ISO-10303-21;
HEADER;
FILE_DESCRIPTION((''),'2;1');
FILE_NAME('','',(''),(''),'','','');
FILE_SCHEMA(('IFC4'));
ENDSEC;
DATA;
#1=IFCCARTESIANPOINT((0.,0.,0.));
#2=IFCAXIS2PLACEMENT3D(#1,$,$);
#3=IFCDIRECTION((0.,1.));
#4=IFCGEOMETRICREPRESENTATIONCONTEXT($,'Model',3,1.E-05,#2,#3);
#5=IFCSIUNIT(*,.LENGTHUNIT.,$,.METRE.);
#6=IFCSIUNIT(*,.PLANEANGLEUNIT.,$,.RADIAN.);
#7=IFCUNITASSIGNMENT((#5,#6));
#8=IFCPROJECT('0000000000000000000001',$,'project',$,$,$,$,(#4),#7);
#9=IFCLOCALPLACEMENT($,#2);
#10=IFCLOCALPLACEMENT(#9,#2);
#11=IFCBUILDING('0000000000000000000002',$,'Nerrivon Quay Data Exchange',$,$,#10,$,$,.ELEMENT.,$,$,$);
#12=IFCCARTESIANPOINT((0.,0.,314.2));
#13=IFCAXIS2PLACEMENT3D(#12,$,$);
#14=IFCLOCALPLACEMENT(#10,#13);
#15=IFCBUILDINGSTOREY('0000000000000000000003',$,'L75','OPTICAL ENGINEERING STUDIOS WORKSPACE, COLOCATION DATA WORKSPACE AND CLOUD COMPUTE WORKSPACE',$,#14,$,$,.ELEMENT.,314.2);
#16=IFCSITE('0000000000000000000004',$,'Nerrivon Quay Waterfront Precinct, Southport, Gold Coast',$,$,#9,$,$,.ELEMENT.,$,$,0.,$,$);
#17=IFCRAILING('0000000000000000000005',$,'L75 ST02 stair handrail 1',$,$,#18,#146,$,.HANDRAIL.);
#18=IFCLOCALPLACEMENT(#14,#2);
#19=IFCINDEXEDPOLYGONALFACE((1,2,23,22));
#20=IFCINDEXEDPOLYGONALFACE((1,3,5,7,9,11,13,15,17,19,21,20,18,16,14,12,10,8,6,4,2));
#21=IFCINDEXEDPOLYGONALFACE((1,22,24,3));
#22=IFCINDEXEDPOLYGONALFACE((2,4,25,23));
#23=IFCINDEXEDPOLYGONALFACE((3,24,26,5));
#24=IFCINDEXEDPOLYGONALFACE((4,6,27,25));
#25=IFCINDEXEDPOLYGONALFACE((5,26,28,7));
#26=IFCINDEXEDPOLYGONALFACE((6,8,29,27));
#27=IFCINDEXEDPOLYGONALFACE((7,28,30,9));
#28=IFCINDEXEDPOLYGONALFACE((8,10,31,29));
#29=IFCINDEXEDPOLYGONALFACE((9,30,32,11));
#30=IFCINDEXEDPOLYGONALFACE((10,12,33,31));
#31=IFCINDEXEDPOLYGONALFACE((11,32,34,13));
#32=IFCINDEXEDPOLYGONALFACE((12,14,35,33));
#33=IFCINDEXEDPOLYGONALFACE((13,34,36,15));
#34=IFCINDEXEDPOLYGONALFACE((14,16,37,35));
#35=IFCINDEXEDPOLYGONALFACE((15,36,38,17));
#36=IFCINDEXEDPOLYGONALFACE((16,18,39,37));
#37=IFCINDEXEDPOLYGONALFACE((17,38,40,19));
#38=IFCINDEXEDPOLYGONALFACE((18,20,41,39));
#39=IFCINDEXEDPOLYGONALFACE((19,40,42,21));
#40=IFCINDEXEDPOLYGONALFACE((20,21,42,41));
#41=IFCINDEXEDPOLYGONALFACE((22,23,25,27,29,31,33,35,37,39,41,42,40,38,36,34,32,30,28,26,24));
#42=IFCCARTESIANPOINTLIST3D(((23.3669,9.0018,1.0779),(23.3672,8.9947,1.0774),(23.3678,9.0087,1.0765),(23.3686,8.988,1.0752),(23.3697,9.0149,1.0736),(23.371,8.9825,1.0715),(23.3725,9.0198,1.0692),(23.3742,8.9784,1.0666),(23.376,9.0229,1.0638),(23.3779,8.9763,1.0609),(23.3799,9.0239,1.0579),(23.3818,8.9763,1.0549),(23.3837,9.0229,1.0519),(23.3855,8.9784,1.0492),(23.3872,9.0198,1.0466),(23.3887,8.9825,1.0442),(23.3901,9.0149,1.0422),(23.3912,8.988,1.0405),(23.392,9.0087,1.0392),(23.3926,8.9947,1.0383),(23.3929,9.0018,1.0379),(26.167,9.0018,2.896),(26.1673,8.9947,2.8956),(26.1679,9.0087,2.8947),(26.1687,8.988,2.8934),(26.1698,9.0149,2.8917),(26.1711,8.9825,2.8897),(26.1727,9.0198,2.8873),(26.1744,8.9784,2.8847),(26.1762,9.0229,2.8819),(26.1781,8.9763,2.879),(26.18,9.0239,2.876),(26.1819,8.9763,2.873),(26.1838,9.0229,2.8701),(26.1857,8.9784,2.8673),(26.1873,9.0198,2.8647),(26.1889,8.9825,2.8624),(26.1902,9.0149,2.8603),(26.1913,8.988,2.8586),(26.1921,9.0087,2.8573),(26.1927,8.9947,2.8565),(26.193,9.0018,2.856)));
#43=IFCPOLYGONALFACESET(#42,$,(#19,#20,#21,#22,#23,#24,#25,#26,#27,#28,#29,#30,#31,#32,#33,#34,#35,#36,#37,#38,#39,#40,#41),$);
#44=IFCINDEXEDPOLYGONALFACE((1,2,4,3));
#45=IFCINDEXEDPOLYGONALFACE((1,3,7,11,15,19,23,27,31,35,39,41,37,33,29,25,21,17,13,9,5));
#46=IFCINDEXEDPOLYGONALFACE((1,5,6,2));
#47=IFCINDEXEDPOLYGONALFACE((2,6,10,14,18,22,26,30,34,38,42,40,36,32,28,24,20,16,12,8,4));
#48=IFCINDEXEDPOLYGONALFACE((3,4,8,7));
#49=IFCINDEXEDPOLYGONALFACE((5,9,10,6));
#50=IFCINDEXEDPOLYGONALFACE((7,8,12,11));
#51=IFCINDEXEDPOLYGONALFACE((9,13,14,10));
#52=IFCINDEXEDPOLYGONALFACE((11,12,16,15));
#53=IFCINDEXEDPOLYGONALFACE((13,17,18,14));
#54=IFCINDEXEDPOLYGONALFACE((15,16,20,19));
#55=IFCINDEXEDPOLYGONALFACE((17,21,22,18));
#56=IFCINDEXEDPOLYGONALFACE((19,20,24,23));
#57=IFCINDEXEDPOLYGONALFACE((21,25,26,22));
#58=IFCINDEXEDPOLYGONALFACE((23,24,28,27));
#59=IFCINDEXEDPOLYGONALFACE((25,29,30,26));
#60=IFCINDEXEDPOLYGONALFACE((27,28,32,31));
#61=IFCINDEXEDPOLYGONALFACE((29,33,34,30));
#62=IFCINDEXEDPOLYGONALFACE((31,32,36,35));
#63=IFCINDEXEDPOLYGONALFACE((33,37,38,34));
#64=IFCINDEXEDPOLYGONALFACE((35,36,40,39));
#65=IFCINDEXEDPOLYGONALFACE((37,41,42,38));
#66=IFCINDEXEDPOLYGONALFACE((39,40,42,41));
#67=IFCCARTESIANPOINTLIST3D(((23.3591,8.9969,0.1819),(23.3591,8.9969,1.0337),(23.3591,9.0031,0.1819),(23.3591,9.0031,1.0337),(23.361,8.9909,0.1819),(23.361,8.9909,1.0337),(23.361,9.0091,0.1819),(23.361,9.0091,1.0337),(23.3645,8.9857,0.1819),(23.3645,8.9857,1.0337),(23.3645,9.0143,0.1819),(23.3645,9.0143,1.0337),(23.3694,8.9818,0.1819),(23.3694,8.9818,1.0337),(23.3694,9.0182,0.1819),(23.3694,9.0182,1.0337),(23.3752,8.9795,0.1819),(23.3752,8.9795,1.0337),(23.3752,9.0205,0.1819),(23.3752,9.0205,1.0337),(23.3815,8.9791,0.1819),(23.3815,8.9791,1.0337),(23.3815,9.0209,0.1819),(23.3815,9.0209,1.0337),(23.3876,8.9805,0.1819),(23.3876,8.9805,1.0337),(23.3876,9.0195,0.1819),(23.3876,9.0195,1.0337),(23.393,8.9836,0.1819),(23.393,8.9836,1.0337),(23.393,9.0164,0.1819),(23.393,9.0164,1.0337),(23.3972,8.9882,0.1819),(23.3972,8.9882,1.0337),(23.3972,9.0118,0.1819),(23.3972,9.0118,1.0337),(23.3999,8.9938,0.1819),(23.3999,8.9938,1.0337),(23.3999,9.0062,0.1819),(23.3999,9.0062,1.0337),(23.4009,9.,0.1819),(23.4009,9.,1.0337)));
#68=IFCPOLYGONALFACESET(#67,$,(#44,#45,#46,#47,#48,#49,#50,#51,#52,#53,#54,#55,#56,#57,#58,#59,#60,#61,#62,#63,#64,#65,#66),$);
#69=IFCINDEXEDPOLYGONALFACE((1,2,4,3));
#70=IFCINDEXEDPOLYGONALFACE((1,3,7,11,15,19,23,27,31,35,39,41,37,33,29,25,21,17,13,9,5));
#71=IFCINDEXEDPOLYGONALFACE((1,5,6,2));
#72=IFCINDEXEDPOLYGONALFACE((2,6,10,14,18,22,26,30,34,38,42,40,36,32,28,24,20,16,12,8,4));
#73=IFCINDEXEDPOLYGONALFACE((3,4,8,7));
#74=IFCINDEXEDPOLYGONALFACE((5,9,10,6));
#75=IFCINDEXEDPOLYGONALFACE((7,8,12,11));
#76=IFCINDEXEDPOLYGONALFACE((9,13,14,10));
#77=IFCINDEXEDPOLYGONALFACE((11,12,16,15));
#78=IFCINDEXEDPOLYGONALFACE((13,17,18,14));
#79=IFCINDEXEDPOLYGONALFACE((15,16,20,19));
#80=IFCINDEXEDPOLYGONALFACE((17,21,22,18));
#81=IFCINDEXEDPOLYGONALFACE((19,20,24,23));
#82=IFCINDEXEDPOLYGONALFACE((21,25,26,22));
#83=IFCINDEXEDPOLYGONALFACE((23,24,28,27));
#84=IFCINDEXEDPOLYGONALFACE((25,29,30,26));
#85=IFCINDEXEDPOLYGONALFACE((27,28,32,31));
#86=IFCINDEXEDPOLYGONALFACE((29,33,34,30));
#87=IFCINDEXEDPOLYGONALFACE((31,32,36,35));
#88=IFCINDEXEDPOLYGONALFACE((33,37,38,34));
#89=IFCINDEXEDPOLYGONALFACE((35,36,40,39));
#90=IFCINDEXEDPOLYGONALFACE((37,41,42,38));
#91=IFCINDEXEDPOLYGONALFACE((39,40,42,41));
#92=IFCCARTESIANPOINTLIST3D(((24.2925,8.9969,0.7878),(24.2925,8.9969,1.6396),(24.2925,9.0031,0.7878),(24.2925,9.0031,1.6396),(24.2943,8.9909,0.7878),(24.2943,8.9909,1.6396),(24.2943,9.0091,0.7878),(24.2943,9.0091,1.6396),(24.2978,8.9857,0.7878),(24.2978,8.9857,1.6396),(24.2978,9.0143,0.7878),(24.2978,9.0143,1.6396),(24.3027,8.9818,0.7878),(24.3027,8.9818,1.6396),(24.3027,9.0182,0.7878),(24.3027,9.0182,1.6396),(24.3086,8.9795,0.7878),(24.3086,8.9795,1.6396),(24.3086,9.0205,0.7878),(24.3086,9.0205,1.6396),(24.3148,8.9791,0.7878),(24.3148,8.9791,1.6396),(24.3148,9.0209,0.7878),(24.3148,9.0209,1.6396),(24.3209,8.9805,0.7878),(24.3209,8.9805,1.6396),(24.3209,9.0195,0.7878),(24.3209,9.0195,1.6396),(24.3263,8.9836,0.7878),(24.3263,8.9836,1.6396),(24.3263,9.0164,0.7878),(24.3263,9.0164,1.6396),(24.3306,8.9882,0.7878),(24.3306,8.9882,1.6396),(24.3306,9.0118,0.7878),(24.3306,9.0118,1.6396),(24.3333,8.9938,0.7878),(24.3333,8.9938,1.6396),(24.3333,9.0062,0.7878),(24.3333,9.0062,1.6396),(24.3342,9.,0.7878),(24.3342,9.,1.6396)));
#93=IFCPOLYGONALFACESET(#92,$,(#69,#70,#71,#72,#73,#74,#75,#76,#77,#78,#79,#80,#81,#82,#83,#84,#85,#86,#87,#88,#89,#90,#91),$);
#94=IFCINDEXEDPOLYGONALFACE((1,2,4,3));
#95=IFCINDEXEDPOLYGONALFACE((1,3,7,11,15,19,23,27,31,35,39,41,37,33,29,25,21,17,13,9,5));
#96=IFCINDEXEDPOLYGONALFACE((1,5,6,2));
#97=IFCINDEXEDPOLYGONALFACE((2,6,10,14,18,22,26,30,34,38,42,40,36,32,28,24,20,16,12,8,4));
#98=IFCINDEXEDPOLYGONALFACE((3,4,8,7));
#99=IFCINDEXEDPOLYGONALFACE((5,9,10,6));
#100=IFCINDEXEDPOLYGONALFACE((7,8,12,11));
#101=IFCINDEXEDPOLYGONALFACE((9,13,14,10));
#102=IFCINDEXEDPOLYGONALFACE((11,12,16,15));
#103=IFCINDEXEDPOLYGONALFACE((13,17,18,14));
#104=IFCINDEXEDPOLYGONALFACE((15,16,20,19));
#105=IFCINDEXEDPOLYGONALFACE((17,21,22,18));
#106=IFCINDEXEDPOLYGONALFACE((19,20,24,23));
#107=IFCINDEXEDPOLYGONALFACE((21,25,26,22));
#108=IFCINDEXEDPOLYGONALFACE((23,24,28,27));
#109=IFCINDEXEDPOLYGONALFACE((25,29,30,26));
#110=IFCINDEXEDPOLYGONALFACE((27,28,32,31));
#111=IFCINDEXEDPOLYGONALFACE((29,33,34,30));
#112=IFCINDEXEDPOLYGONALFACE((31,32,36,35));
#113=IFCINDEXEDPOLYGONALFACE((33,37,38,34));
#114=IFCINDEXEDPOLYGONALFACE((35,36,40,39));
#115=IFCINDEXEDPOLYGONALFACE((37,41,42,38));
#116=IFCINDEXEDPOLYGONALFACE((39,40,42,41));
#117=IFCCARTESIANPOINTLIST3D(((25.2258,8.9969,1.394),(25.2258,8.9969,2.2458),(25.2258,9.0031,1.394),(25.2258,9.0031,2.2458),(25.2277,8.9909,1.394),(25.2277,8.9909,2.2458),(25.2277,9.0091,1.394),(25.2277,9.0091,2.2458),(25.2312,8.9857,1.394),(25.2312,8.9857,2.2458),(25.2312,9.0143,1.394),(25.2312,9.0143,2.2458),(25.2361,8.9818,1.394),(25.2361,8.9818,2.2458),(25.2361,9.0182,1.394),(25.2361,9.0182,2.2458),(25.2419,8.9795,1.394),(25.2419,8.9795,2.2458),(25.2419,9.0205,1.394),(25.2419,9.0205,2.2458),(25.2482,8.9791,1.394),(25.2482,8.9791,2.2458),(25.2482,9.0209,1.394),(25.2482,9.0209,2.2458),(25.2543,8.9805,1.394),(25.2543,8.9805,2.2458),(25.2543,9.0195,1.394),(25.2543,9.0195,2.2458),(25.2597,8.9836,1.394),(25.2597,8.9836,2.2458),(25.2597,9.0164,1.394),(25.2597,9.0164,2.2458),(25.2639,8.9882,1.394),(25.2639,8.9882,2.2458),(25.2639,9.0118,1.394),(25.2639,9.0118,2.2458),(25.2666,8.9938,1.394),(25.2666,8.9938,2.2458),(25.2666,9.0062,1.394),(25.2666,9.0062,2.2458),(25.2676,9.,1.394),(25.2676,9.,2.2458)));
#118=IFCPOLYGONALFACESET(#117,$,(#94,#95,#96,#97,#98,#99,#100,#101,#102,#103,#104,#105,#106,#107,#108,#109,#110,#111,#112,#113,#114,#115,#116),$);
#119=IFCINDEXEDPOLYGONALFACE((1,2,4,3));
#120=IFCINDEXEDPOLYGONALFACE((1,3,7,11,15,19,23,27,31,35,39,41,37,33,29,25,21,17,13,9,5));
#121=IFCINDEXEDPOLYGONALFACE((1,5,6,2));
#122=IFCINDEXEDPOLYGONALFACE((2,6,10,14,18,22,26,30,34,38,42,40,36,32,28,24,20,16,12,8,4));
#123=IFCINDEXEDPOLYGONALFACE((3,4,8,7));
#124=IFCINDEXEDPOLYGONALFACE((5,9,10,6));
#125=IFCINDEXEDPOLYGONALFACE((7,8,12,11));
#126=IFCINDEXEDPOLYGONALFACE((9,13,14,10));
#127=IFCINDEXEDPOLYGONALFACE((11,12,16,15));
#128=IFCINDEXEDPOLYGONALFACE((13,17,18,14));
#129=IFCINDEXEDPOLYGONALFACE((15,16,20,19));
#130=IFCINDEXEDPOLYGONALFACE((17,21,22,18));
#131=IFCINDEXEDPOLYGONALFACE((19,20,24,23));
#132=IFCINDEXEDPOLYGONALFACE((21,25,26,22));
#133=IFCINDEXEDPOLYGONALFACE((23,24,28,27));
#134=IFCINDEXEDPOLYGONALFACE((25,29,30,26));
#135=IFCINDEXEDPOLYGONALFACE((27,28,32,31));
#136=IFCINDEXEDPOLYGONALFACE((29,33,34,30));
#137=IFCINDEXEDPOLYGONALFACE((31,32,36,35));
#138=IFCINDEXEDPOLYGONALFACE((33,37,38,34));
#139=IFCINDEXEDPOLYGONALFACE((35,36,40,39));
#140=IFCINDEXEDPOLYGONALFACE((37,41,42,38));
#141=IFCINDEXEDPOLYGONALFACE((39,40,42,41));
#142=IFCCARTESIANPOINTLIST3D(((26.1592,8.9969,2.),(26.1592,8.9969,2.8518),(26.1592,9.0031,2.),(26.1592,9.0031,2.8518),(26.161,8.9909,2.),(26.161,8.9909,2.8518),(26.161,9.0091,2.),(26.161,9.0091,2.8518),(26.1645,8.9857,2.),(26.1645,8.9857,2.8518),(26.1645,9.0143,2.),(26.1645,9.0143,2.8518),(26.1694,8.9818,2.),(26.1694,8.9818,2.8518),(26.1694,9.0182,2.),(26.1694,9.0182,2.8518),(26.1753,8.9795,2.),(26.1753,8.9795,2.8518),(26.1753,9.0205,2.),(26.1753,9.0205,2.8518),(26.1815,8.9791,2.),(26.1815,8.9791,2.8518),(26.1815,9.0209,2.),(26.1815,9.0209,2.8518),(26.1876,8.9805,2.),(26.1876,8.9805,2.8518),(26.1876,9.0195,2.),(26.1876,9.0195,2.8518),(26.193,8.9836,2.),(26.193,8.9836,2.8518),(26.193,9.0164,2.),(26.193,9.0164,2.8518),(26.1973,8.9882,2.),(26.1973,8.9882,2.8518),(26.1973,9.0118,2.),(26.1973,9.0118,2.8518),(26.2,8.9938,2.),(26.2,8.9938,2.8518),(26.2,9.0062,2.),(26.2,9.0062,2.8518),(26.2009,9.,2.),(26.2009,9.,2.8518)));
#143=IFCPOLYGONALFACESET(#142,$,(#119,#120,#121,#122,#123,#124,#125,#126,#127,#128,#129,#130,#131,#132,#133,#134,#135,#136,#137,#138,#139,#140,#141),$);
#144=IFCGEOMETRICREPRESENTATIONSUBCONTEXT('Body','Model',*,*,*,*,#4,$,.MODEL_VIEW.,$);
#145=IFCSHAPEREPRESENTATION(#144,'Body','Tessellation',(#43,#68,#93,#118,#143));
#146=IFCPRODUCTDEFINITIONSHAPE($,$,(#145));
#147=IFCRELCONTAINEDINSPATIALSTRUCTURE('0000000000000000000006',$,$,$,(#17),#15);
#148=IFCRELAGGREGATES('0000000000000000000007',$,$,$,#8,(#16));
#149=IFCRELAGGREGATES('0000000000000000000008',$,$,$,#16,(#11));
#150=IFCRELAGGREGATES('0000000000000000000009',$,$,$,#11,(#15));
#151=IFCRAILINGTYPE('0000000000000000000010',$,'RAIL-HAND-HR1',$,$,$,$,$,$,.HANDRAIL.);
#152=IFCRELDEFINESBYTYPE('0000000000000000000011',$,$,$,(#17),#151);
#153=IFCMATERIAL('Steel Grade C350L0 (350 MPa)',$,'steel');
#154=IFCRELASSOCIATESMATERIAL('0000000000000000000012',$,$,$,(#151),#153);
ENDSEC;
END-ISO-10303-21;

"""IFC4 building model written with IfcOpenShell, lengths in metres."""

from ifc_helpers import new_model, si_unit, direction, frame, origin, origin_2d, place, context, subcontext, project, spatial, circle, extrude, material, type_object, element, save


model = new_model("IFC4")

# Units and contexts
model_context = context("Model", 3, precision=1e-05, world=origin(), true_north=direction((0.0, 1.0)))
body_context = subcontext(model_context, "Body", "Model", "MODEL_VIEW")
ifc_project = project(units=[si_unit("LENGTHUNIT", "METRE"), si_unit("PLANEANGLEUNIT", "RADIAN")], contexts=[model_context])

# Site, building, storey
site_placement = place(None, origin())
site = spatial("IfcSite", under=ifc_project, at=site_placement, Name="Nerrivon Quay Waterfront Precinct, Southport, Gold Coast", CompositionType="ELEMENT", RefElevation=0.0)
building_placement = place(site_placement, origin())
building = spatial("IfcBuilding", under=site, at=building_placement, Name="Nerrivon Quay Data Exchange", CompositionType="ELEMENT")
storey_placement = place(building_placement, frame((0.0, 0.0, 314.2)))
storey = spatial("IfcBuildingStorey", under=building, at=storey_placement, Name="L75", Description="OPTICAL ENGINEERING STUDIOS WORKSPACE, COLOCATION DATA WORKSPACE AND CLOUD COMPUTE WORKSPACE", CompositionType="ELEMENT", Elevation=314.2)

# Railing
ifc_material_1 = material(Name="Steel Grade C350L0 (350 MPa)", Category="steel")
railing_type_1 = type_object("IfcRailingType", Name="RAIL-HAND-HR1", PredefinedType="HANDRAIL", material=ifc_material_1)
railing_1_placement = place(storey_placement, frame((23.3799, 9.0, 0.1819)))
element("IfcRailing", 1, at=railing_1_placement, inside=storey, type_object=railing_type_1, Name="L75 ST02 stair handrail 1", PredefinedType="HANDRAIL", context=body_context, shape_type="SweptSolid", body=[
    extrude(circle(Radius=0.0239, at=origin_2d()), frame((0.0, 0.0, 0.876), z_axis=(0.838706, 0.0, 0.544585), x_axis=(0.0, 1.0, 0.0)), (0.0, 0.0, 1.0), 3.3386),
    extrude(circle(Radius=0.021, at=origin_2d()), origin(), (0.0, 0.0, 1.0), 0.8518),
    extrude(circle(Radius=0.021, at=origin_2d()), frame((0.9333, 0.0, 0.606)), (0.0, 0.0, 1.0), 0.8518),
    extrude(circle(Radius=0.021, at=origin_2d()), frame((1.8667, 0.0, 1.2122)), (0.0, 0.0, 1.0), 0.8518),
    extrude(circle(Radius=0.021, at=origin_2d()), frame((2.8, 0.0, 1.8181)), (0.0, 0.0, 1.0), 0.8518),
])

save(model, "model.ifc")
